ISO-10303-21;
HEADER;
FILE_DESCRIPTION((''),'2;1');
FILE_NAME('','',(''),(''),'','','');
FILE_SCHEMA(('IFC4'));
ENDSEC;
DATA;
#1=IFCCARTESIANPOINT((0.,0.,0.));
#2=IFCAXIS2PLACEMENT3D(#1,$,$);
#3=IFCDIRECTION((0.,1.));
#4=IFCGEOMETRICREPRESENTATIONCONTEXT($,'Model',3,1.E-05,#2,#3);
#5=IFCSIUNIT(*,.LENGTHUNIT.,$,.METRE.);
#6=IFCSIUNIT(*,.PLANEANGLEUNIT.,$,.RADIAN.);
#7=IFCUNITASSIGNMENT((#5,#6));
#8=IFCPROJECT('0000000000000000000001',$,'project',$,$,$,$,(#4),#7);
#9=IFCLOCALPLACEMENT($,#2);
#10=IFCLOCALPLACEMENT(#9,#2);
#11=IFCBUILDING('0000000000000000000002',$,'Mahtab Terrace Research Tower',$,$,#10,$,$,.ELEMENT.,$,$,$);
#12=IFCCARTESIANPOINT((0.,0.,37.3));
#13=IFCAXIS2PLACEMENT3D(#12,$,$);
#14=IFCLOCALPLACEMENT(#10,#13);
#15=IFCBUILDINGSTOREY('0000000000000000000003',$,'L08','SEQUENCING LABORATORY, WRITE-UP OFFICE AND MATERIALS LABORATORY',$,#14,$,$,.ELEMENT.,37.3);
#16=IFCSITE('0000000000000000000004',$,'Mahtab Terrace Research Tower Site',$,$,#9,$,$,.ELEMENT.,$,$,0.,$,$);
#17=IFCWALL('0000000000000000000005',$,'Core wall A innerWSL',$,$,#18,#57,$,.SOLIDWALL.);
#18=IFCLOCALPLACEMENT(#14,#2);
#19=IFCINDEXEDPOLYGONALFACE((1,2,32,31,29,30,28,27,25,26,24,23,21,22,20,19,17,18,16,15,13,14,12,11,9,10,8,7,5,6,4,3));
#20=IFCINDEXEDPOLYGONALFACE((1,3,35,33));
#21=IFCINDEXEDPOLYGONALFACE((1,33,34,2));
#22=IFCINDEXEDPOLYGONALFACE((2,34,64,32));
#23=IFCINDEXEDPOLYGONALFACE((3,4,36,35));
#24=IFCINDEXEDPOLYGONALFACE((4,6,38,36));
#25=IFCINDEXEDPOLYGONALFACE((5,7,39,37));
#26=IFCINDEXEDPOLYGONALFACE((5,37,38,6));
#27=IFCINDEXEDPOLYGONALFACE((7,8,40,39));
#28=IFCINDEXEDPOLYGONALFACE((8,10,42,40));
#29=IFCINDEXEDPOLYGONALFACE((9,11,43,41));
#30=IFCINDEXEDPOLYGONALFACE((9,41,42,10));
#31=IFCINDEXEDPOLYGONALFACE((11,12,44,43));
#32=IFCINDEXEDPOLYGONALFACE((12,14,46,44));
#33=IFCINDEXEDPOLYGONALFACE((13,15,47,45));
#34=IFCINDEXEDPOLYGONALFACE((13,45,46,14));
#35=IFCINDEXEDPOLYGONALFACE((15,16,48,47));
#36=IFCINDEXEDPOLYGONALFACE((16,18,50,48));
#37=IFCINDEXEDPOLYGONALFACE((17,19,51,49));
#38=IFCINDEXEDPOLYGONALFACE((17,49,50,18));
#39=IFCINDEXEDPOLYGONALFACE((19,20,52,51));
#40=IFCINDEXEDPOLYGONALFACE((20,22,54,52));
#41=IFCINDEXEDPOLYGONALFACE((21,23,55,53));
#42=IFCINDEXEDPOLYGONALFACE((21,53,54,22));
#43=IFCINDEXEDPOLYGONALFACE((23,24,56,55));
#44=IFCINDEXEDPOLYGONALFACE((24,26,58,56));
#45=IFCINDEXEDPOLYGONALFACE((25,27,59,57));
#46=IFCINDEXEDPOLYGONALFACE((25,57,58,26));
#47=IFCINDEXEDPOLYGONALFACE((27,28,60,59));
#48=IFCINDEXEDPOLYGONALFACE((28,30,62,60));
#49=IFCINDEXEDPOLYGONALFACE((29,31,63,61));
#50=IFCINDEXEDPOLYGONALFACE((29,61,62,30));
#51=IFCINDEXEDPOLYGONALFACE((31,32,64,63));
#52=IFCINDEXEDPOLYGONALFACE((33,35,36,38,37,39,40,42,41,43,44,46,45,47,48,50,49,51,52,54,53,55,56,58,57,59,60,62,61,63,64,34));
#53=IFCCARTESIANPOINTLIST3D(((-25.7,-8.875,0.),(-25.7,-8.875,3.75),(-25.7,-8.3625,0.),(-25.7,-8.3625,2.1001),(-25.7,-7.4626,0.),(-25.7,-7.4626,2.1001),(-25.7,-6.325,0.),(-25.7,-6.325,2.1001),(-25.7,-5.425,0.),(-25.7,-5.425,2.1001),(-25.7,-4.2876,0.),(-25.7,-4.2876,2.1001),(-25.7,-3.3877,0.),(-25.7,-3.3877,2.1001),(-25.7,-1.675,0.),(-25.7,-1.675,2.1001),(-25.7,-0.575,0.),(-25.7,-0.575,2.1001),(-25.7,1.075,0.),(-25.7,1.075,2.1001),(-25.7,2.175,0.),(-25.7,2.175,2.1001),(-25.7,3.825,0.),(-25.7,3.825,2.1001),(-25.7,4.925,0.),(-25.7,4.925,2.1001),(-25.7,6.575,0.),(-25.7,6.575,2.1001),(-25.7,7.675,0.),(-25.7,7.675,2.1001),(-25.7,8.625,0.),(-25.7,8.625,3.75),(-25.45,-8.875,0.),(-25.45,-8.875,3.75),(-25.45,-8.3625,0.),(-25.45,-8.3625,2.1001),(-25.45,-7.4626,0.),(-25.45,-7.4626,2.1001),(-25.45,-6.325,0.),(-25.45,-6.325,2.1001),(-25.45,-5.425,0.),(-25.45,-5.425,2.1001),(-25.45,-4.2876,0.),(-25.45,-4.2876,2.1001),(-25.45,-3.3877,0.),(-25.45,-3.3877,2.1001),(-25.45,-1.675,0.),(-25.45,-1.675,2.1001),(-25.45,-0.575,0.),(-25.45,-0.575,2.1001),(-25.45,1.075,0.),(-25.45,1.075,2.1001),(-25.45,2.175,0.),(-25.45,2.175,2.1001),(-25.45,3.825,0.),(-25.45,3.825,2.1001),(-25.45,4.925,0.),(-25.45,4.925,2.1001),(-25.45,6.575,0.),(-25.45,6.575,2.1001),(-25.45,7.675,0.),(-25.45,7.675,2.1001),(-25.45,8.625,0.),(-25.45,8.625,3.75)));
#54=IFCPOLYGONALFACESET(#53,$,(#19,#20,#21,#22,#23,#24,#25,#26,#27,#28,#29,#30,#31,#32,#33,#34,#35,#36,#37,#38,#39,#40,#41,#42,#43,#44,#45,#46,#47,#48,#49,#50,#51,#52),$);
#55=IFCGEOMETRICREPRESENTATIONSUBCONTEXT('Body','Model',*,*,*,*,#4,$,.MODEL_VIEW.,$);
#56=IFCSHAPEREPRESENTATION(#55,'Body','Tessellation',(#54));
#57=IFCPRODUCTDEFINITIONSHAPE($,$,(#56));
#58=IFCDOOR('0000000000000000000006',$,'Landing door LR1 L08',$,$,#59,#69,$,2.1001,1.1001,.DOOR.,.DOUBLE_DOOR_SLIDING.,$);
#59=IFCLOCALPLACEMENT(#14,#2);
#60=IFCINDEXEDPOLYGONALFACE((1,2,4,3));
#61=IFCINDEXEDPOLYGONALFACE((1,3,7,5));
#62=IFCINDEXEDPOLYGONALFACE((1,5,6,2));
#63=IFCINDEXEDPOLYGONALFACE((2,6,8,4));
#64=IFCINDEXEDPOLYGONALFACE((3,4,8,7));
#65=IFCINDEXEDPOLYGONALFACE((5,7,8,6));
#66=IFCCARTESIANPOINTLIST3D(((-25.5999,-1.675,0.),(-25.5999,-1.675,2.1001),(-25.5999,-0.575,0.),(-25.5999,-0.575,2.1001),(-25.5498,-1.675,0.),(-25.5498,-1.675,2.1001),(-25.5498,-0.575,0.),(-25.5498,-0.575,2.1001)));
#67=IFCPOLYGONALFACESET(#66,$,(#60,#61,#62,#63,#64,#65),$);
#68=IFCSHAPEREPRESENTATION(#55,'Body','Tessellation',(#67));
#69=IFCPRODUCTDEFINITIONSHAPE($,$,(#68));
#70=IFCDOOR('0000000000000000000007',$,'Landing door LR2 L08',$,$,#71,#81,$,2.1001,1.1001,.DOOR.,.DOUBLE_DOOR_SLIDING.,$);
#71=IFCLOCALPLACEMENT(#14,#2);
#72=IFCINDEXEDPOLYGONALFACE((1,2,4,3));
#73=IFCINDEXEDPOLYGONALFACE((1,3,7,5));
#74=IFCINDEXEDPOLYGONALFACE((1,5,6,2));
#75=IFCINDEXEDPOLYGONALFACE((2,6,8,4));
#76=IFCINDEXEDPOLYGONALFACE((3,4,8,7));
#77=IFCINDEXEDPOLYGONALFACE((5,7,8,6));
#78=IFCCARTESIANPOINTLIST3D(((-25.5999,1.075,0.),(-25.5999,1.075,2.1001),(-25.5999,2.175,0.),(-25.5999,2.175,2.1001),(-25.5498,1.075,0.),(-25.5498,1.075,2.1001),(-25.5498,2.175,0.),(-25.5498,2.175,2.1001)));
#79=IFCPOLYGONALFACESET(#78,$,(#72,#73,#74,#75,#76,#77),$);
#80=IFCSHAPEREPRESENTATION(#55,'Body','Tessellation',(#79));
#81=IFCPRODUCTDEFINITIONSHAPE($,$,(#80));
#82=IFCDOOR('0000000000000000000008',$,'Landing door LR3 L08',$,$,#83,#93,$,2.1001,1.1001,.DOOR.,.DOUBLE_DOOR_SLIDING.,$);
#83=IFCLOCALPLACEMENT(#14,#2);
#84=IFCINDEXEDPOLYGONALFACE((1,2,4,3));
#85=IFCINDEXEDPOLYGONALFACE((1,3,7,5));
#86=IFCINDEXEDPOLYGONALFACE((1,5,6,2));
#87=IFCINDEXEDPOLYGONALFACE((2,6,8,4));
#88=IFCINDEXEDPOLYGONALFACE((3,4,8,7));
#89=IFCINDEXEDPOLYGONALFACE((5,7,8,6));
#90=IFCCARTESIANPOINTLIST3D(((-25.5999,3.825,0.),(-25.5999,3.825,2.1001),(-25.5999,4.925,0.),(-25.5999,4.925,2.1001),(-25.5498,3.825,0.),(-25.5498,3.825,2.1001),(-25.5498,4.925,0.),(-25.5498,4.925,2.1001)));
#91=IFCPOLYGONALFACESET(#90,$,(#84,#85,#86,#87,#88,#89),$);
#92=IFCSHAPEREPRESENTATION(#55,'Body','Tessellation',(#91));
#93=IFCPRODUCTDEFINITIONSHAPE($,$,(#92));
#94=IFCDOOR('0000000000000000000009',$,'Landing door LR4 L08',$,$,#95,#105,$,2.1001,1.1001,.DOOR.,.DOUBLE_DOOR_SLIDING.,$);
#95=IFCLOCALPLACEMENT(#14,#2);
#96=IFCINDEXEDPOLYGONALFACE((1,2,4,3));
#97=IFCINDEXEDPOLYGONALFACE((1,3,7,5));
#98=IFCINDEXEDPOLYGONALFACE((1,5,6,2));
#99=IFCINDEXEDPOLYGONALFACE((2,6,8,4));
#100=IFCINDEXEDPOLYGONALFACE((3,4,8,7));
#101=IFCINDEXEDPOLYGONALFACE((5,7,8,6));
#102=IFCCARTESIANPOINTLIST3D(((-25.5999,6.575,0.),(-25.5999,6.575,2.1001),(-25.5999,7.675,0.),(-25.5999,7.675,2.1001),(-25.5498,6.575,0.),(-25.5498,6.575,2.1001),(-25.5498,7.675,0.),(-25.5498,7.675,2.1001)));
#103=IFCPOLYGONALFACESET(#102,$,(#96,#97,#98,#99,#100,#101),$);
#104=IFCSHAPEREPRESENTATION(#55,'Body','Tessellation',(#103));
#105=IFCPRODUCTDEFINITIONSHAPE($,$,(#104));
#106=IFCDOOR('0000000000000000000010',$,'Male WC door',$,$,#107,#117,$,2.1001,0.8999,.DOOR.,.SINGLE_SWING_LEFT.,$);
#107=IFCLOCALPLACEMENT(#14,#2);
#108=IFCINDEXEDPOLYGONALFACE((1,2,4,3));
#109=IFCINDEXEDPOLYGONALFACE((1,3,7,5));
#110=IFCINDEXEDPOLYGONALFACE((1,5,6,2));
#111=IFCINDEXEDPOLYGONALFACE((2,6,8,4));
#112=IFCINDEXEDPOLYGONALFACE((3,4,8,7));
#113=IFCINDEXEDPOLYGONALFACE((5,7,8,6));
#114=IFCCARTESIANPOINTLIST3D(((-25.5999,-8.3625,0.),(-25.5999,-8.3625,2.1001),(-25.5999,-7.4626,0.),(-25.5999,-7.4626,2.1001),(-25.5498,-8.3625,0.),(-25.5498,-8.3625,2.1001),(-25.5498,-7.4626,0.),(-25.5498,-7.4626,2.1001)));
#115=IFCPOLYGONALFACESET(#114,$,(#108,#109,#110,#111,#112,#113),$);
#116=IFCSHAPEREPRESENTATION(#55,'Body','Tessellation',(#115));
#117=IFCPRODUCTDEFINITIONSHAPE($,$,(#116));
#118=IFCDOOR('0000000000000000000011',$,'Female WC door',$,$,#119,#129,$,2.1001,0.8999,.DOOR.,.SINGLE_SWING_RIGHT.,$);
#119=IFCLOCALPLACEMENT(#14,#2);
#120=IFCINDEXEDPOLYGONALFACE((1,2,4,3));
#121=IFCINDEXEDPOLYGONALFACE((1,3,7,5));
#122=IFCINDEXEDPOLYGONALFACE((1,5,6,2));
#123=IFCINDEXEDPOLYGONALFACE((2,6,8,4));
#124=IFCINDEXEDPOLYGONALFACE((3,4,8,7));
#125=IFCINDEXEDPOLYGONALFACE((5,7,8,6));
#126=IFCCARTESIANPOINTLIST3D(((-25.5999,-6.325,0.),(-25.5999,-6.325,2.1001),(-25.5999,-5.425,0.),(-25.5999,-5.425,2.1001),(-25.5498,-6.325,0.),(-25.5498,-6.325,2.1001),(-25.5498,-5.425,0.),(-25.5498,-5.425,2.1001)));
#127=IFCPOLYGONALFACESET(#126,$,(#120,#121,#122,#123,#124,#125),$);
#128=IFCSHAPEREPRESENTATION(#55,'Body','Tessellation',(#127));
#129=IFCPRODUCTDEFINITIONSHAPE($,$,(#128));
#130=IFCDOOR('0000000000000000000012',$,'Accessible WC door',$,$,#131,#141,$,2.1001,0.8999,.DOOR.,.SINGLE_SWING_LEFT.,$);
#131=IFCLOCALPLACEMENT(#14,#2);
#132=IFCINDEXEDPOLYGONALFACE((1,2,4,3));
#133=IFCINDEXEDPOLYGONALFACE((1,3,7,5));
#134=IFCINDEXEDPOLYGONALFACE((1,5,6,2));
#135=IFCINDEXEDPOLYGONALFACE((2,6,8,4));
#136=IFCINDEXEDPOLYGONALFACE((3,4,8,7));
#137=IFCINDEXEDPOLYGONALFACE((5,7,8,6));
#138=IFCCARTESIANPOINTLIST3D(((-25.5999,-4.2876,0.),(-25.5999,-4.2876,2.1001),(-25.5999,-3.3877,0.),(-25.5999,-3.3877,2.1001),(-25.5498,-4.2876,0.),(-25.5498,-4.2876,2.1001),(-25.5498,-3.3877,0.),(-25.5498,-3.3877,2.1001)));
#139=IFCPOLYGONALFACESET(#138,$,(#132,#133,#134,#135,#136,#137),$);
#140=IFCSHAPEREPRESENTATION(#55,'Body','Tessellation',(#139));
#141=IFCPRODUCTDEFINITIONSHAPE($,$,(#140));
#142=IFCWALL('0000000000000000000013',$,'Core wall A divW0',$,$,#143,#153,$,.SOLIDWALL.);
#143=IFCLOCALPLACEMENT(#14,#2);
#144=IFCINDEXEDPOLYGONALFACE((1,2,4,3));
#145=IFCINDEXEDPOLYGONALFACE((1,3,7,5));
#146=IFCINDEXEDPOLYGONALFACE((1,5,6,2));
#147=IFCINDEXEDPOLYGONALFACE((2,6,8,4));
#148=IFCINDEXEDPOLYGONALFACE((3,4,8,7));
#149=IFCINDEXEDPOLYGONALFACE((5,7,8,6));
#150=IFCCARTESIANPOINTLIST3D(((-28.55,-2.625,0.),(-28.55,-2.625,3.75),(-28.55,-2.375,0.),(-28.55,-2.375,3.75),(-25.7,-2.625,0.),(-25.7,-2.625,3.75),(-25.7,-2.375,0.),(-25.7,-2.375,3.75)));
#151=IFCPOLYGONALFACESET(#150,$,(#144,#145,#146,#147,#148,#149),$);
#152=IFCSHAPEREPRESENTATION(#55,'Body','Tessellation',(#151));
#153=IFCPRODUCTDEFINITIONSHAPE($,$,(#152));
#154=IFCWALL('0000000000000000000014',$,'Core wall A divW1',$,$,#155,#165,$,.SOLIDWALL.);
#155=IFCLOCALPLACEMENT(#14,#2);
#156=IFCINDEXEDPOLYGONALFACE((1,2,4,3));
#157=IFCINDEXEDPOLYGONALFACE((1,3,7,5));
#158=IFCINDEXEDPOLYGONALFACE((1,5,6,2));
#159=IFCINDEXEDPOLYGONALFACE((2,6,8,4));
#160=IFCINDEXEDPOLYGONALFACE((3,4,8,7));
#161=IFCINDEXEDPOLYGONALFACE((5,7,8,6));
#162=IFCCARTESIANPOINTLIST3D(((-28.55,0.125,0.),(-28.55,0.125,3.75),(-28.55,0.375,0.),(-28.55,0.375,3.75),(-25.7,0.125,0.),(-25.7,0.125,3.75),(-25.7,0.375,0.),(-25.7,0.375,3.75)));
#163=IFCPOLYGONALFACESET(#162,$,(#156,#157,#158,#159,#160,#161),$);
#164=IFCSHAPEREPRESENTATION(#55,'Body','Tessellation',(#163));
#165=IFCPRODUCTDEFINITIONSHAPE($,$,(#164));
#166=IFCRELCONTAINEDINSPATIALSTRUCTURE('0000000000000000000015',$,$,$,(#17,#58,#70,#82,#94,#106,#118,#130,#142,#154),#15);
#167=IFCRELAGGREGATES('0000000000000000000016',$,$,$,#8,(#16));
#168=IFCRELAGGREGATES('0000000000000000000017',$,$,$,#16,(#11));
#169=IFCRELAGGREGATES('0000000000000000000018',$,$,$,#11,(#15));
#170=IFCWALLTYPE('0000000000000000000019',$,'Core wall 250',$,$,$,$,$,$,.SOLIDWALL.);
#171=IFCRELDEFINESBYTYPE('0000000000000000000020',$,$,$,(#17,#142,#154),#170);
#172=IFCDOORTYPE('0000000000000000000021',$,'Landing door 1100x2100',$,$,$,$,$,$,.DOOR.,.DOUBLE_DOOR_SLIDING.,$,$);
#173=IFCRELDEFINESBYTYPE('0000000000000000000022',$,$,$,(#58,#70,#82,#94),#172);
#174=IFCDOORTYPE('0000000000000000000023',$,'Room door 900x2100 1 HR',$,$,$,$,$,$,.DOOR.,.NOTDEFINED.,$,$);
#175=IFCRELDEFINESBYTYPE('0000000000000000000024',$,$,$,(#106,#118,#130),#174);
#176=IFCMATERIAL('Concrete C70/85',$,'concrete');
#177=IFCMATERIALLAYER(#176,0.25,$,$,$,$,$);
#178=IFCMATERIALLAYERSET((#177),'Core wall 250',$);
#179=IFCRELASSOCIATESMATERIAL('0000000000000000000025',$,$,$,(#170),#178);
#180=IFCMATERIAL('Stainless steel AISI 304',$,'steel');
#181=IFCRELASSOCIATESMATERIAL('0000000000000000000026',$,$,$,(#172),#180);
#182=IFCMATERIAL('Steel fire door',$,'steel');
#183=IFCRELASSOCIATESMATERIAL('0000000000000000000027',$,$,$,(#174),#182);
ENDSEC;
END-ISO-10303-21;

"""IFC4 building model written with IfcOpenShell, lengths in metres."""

from ifc_helpers import new_model, si_unit, direction, frame, frame_2d, origin, place, context, subcontext, project, spatial, rectangle, extrude, material, layer, layer_set, type_object, element, fill, save


model = new_model("IFC4")

# Units and contexts
model_context = context("Model", 3, precision=1e-05, world=origin(), true_north=direction((0.0, 1.0)))
body_context = subcontext(model_context, "Body", "Model", "MODEL_VIEW")
ifc_project = project(units=[si_unit("LENGTHUNIT", "METRE"), si_unit("PLANEANGLEUNIT", "RADIAN")], contexts=[model_context])

# Site, building, storey
site_placement = place(None, origin())
site = spatial("IfcSite", under=ifc_project, at=site_placement, Name="Mahtab Terrace Research Tower Site", CompositionType="ELEMENT", RefElevation=0.0)
building_placement = place(site_placement, origin())
building = spatial("IfcBuilding", under=site, at=building_placement, Name="Mahtab Terrace Research Tower", CompositionType="ELEMENT")
storey_placement = place(building_placement, frame((0.0, 0.0, 37.3)))
storey = spatial("IfcBuildingStorey", under=building, at=storey_placement, Name="L08", Description="SEQUENCING LABORATORY, WRITE-UP OFFICE AND MATERIALS LABORATORY", CompositionType="ELEMENT", Elevation=37.3)

# Shared definitions
ifc_material_1 = material(Name="Concrete C70/85", Category="concrete")

# Shared definitions
ifc_layer_1 = layer(ifc_material_1, 0.25)
ifc_layer_set_1 = layer_set([ifc_layer_1], Name="Core wall 250")
wall_type_1 = type_object("IfcWallType", Name="Core wall 250", PredefinedType="SOLIDWALL", material=ifc_layer_set_1)

# Shared definitions
ifc_material_2 = material(Name="Steel fire door", Category="steel")

# Wall, openings, doors
wall_1_placement = place(storey_placement, frame((-25.575, -8.875, 0.0), z_axis=(0.0, 0.0, 1.0), x_axis=(0.0, 1.0, 0.0)))
wall_1 = element("IfcWall", 1, at=wall_1_placement, inside=storey, type_object=wall_type_1, Name="Core wall A innerWSL", PredefinedType="SOLIDWALL", context=body_context, shape_type="SweptSolid", body=[
    extrude(rectangle(XDim=17.5, YDim=0.25, at=frame_2d((8.75, 0.0))), origin(), (0.0, 0.0, 1.0), 3.75),
])
opening_1_placement = place(wall_1_placement, frame((7.2, 0.0, 0.0)))
opening_1 = element("IfcOpeningElement", 2, at=opening_1_placement, cuts=wall_1, PredefinedType="OPENING", context=body_context, shape_type="SweptSolid", body=[
    extrude(rectangle(XDim=1.1001, YDim=2.1001, at=frame_2d((0.55, 1.05))), frame((0.0, 0.135, 0.0), z_axis=(0.0, -1.0, 0.0), x_axis=(1.0, 0.0, 0.0)), (0.0, 0.0, 1.0), 0.27),
])
opening_2_placement = place(wall_1_placement, frame((9.95, 0.0, 0.0)))
opening_2 = element("IfcOpeningElement", 3, at=opening_2_placement, cuts=wall_1, PredefinedType="OPENING", context=body_context, shape_type="SweptSolid", body=[
    extrude(rectangle(XDim=1.1001, YDim=2.1001, at=frame_2d((0.55, 1.05))), frame((0.0, 0.135, 0.0), z_axis=(0.0, -1.0, 0.0), x_axis=(1.0, 0.0, 0.0)), (0.0, 0.0, 1.0), 0.27),
])
opening_3_placement = place(wall_1_placement, frame((12.7, 0.0, 0.0)))
opening_3 = element("IfcOpeningElement", 4, at=opening_3_placement, cuts=wall_1, PredefinedType="OPENING", context=body_context, shape_type="SweptSolid", body=[
    extrude(rectangle(XDim=1.1001, YDim=2.1001, at=frame_2d((0.55, 1.05))), frame((0.0, 0.135, 0.0), z_axis=(0.0, -1.0, 0.0), x_axis=(1.0, 0.0, 0.0)), (0.0, 0.0, 1.0), 0.27),
])
opening_4_placement = place(wall_1_placement, frame((15.45, 0.0, 0.0)))
opening_4 = element("IfcOpeningElement", 5, at=opening_4_placement, cuts=wall_1, PredefinedType="OPENING", context=body_context, shape_type="SweptSolid", body=[
    extrude(rectangle(XDim=1.1001, YDim=2.1001, at=frame_2d((0.55, 1.05))), frame((0.0, 0.135, 0.0), z_axis=(0.0, -1.0, 0.0), x_axis=(1.0, 0.0, 0.0)), (0.0, 0.0, 1.0), 0.27),
])
opening_5_placement = place(wall_1_placement, frame((0.5125, 0.0, 0.0)))
opening_5 = element("IfcOpeningElement", 6, at=opening_5_placement, cuts=wall_1, PredefinedType="OPENING", context=body_context, shape_type="SweptSolid", body=[
    extrude(rectangle(XDim=0.8999, YDim=2.1001, at=frame_2d((0.45, 1.05))), frame((0.0, 0.135, 0.0), z_axis=(0.0, -1.0, 0.0), x_axis=(1.0, 0.0, 0.0)), (0.0, 0.0, 1.0), 0.27),
])
opening_6_placement = place(wall_1_placement, frame((2.55, 0.0, 0.0)))
opening_6 = element("IfcOpeningElement", 7, at=opening_6_placement, cuts=wall_1, PredefinedType="OPENING", context=body_context, shape_type="SweptSolid", body=[
    extrude(rectangle(XDim=0.8999, YDim=2.1001, at=frame_2d((0.45, 1.05))), frame((0.0, 0.135, 0.0), z_axis=(0.0, -1.0, 0.0), x_axis=(1.0, 0.0, 0.0)), (0.0, 0.0, 1.0), 0.27),
])
opening_7_placement = place(wall_1_placement, frame((4.5874, 0.0, 0.0)))
opening_7 = element("IfcOpeningElement", 8, at=opening_7_placement, cuts=wall_1, PredefinedType="OPENING", context=body_context, shape_type="SweptSolid", body=[
    extrude(rectangle(XDim=0.8999, YDim=2.1001, at=frame_2d((0.45, 1.05))), frame((0.0, 0.135, 0.0), z_axis=(0.0, -1.0, 0.0), x_axis=(1.0, 0.0, 0.0)), (0.0, 0.0, 1.0), 0.27),
])
ifc_material_3 = material(Name="Stainless steel AISI 304", Category="steel")
door_type_1 = type_object("IfcDoorType", Name="Landing door 1100x2100", OperationType="DOUBLE_DOOR_SLIDING", PredefinedType="DOOR", material=ifc_material_3)
door_1_placement = place(opening_1_placement, origin())
door_1 = element("IfcDoor", 9, at=door_1_placement, inside=storey, type_object=door_type_1, Name="Landing door LR1 L08", OperationType="DOUBLE_DOOR_SLIDING", OverallHeight=2.1001, OverallWidth=1.1001, PredefinedType="DOOR", context=body_context, shape_type="SweptSolid", body=[
    extrude(rectangle(XDim=1.1001, YDim=2.1001, at=frame_2d((0.55, 1.05))), frame((0.0, 0.0249, 0.0), z_axis=(0.0, -1.0, 0.0), x_axis=(1.0, 0.0, 0.0)), (0.0, 0.0, 1.0), 0.05),
])
fill(opening_1, door_1)
door_2_placement = place(opening_2_placement, origin())
door_2 = element("IfcDoor", 10, at=door_2_placement, inside=storey, type_object=door_type_1, Name="Landing door LR2 L08", OperationType="DOUBLE_DOOR_SLIDING", OverallHeight=2.1001, OverallWidth=1.1001, PredefinedType="DOOR", context=body_context, shape_type="SweptSolid", body=[
    extrude(rectangle(XDim=1.1001, YDim=2.1001, at=frame_2d((0.55, 1.05))), frame((0.0, 0.0249, 0.0), z_axis=(0.0, -1.0, 0.0), x_axis=(1.0, 0.0, 0.0)), (0.0, 0.0, 1.0), 0.05),
])
fill(opening_2, door_2)
door_3_placement = place(opening_3_placement, origin())
door_3 = element("IfcDoor", 11, at=door_3_placement, inside=storey, type_object=door_type_1, Name="Landing door LR3 L08", OperationType="DOUBLE_DOOR_SLIDING", OverallHeight=2.1001, OverallWidth=1.1001, PredefinedType="DOOR", context=body_context, shape_type="SweptSolid", body=[
    extrude(rectangle(XDim=1.1001, YDim=2.1001, at=frame_2d((0.55, 1.05))), frame((0.0, 0.0249, 0.0), z_axis=(0.0, -1.0, 0.0), x_axis=(1.0, 0.0, 0.0)), (0.0, 0.0, 1.0), 0.05),
])
fill(opening_3, door_3)
door_4_placement = place(opening_4_placement, origin())
door_4 = element("IfcDoor", 12, at=door_4_placement, inside=storey, type_object=door_type_1, Name="Landing door LR4 L08", OperationType="DOUBLE_DOOR_SLIDING", OverallHeight=2.1001, OverallWidth=1.1001, PredefinedType="DOOR", context=body_context, shape_type="SweptSolid", body=[
    extrude(rectangle(XDim=1.1001, YDim=2.1001, at=frame_2d((0.55, 1.05))), frame((0.0, 0.0249, 0.0), z_axis=(0.0, -1.0, 0.0), x_axis=(1.0, 0.0, 0.0)), (0.0, 0.0, 1.0), 0.05),
])
fill(opening_4, door_4)
door_type_2 = type_object("IfcDoorType", Name="Room door 900x2100 1 HR", OperationType="NOTDEFINED", PredefinedType="DOOR", material=ifc_material_2)
door_5_placement = place(opening_5_placement, origin())
door_5 = element("IfcDoor", 13, at=door_5_placement, inside=storey, type_object=door_type_2, Name="Male WC door", OperationType="SINGLE_SWING_LEFT", OverallHeight=2.1001, OverallWidth=0.8999, PredefinedType="DOOR", context=body_context, shape_type="SweptSolid", body=[
    extrude(rectangle(XDim=0.8999, YDim=2.1001, at=frame_2d((0.45, 1.05))), frame((0.0, 0.0249, 0.0), z_axis=(0.0, -1.0, 0.0), x_axis=(1.0, 0.0, 0.0)), (0.0, 0.0, 1.0), 0.05),
])
fill(opening_5, door_5)
door_6_placement = place(opening_6_placement, origin())
door_6 = element("IfcDoor", 14, at=door_6_placement, inside=storey, type_object=door_type_2, Name="Female WC door", OperationType="SINGLE_SWING_RIGHT", OverallHeight=2.1001, OverallWidth=0.8999, PredefinedType="DOOR", context=body_context, shape_type="SweptSolid", body=[
    extrude(rectangle(XDim=0.8999, YDim=2.1001, at=frame_2d((0.45, 1.05))), frame((0.0, 0.0249, 0.0), z_axis=(0.0, -1.0, 0.0), x_axis=(1.0, 0.0, 0.0)), (0.0, 0.0, 1.0), 0.05),
])
fill(opening_6, door_6)
door_7_placement = place(opening_7_placement, origin())
door_7 = element("IfcDoor", 15, at=door_7_placement, inside=storey, type_object=door_type_2, Name="Accessible WC door", OperationType="SINGLE_SWING_LEFT", OverallHeight=2.1001, OverallWidth=0.8999, PredefinedType="DOOR", context=body_context, shape_type="SweptSolid", body=[
    extrude(rectangle(XDim=0.8999, YDim=2.1001, at=frame_2d((0.45, 1.05))), frame((0.0, 0.0249, 0.0), z_axis=(0.0, -1.0, 0.0), x_axis=(1.0, 0.0, 0.0)), (0.0, 0.0, 1.0), 0.05),
])
fill(opening_7, door_7)

# Walls
for number, where, z_axis, x_axis, name in (
    (16, (-28.55, -2.5, 0.0), (0.0, 0.0, 1.0), (1.0, 0.0, 0.0), "Core wall A divW0"),
    (17, (-28.55, 0.25, 0.0), (0.0, 0.0, 1.0), (1.0, 0.0, 0.0), "Core wall A divW1"),
):
    element("IfcWall", number, at=place(storey_placement, frame(where, z_axis=z_axis, x_axis=x_axis)), inside=storey, type_object=wall_type_1, Name=name, PredefinedType="SOLIDWALL", context=body_context, shape_type="SweptSolid", body=[
        extrude(rectangle(XDim=2.8501, YDim=0.25, at=frame_2d((1.425, 0.0))), origin(), (0.0, 0.0, 1.0), 3.75),
    ])

save(model, "model.ifc")
